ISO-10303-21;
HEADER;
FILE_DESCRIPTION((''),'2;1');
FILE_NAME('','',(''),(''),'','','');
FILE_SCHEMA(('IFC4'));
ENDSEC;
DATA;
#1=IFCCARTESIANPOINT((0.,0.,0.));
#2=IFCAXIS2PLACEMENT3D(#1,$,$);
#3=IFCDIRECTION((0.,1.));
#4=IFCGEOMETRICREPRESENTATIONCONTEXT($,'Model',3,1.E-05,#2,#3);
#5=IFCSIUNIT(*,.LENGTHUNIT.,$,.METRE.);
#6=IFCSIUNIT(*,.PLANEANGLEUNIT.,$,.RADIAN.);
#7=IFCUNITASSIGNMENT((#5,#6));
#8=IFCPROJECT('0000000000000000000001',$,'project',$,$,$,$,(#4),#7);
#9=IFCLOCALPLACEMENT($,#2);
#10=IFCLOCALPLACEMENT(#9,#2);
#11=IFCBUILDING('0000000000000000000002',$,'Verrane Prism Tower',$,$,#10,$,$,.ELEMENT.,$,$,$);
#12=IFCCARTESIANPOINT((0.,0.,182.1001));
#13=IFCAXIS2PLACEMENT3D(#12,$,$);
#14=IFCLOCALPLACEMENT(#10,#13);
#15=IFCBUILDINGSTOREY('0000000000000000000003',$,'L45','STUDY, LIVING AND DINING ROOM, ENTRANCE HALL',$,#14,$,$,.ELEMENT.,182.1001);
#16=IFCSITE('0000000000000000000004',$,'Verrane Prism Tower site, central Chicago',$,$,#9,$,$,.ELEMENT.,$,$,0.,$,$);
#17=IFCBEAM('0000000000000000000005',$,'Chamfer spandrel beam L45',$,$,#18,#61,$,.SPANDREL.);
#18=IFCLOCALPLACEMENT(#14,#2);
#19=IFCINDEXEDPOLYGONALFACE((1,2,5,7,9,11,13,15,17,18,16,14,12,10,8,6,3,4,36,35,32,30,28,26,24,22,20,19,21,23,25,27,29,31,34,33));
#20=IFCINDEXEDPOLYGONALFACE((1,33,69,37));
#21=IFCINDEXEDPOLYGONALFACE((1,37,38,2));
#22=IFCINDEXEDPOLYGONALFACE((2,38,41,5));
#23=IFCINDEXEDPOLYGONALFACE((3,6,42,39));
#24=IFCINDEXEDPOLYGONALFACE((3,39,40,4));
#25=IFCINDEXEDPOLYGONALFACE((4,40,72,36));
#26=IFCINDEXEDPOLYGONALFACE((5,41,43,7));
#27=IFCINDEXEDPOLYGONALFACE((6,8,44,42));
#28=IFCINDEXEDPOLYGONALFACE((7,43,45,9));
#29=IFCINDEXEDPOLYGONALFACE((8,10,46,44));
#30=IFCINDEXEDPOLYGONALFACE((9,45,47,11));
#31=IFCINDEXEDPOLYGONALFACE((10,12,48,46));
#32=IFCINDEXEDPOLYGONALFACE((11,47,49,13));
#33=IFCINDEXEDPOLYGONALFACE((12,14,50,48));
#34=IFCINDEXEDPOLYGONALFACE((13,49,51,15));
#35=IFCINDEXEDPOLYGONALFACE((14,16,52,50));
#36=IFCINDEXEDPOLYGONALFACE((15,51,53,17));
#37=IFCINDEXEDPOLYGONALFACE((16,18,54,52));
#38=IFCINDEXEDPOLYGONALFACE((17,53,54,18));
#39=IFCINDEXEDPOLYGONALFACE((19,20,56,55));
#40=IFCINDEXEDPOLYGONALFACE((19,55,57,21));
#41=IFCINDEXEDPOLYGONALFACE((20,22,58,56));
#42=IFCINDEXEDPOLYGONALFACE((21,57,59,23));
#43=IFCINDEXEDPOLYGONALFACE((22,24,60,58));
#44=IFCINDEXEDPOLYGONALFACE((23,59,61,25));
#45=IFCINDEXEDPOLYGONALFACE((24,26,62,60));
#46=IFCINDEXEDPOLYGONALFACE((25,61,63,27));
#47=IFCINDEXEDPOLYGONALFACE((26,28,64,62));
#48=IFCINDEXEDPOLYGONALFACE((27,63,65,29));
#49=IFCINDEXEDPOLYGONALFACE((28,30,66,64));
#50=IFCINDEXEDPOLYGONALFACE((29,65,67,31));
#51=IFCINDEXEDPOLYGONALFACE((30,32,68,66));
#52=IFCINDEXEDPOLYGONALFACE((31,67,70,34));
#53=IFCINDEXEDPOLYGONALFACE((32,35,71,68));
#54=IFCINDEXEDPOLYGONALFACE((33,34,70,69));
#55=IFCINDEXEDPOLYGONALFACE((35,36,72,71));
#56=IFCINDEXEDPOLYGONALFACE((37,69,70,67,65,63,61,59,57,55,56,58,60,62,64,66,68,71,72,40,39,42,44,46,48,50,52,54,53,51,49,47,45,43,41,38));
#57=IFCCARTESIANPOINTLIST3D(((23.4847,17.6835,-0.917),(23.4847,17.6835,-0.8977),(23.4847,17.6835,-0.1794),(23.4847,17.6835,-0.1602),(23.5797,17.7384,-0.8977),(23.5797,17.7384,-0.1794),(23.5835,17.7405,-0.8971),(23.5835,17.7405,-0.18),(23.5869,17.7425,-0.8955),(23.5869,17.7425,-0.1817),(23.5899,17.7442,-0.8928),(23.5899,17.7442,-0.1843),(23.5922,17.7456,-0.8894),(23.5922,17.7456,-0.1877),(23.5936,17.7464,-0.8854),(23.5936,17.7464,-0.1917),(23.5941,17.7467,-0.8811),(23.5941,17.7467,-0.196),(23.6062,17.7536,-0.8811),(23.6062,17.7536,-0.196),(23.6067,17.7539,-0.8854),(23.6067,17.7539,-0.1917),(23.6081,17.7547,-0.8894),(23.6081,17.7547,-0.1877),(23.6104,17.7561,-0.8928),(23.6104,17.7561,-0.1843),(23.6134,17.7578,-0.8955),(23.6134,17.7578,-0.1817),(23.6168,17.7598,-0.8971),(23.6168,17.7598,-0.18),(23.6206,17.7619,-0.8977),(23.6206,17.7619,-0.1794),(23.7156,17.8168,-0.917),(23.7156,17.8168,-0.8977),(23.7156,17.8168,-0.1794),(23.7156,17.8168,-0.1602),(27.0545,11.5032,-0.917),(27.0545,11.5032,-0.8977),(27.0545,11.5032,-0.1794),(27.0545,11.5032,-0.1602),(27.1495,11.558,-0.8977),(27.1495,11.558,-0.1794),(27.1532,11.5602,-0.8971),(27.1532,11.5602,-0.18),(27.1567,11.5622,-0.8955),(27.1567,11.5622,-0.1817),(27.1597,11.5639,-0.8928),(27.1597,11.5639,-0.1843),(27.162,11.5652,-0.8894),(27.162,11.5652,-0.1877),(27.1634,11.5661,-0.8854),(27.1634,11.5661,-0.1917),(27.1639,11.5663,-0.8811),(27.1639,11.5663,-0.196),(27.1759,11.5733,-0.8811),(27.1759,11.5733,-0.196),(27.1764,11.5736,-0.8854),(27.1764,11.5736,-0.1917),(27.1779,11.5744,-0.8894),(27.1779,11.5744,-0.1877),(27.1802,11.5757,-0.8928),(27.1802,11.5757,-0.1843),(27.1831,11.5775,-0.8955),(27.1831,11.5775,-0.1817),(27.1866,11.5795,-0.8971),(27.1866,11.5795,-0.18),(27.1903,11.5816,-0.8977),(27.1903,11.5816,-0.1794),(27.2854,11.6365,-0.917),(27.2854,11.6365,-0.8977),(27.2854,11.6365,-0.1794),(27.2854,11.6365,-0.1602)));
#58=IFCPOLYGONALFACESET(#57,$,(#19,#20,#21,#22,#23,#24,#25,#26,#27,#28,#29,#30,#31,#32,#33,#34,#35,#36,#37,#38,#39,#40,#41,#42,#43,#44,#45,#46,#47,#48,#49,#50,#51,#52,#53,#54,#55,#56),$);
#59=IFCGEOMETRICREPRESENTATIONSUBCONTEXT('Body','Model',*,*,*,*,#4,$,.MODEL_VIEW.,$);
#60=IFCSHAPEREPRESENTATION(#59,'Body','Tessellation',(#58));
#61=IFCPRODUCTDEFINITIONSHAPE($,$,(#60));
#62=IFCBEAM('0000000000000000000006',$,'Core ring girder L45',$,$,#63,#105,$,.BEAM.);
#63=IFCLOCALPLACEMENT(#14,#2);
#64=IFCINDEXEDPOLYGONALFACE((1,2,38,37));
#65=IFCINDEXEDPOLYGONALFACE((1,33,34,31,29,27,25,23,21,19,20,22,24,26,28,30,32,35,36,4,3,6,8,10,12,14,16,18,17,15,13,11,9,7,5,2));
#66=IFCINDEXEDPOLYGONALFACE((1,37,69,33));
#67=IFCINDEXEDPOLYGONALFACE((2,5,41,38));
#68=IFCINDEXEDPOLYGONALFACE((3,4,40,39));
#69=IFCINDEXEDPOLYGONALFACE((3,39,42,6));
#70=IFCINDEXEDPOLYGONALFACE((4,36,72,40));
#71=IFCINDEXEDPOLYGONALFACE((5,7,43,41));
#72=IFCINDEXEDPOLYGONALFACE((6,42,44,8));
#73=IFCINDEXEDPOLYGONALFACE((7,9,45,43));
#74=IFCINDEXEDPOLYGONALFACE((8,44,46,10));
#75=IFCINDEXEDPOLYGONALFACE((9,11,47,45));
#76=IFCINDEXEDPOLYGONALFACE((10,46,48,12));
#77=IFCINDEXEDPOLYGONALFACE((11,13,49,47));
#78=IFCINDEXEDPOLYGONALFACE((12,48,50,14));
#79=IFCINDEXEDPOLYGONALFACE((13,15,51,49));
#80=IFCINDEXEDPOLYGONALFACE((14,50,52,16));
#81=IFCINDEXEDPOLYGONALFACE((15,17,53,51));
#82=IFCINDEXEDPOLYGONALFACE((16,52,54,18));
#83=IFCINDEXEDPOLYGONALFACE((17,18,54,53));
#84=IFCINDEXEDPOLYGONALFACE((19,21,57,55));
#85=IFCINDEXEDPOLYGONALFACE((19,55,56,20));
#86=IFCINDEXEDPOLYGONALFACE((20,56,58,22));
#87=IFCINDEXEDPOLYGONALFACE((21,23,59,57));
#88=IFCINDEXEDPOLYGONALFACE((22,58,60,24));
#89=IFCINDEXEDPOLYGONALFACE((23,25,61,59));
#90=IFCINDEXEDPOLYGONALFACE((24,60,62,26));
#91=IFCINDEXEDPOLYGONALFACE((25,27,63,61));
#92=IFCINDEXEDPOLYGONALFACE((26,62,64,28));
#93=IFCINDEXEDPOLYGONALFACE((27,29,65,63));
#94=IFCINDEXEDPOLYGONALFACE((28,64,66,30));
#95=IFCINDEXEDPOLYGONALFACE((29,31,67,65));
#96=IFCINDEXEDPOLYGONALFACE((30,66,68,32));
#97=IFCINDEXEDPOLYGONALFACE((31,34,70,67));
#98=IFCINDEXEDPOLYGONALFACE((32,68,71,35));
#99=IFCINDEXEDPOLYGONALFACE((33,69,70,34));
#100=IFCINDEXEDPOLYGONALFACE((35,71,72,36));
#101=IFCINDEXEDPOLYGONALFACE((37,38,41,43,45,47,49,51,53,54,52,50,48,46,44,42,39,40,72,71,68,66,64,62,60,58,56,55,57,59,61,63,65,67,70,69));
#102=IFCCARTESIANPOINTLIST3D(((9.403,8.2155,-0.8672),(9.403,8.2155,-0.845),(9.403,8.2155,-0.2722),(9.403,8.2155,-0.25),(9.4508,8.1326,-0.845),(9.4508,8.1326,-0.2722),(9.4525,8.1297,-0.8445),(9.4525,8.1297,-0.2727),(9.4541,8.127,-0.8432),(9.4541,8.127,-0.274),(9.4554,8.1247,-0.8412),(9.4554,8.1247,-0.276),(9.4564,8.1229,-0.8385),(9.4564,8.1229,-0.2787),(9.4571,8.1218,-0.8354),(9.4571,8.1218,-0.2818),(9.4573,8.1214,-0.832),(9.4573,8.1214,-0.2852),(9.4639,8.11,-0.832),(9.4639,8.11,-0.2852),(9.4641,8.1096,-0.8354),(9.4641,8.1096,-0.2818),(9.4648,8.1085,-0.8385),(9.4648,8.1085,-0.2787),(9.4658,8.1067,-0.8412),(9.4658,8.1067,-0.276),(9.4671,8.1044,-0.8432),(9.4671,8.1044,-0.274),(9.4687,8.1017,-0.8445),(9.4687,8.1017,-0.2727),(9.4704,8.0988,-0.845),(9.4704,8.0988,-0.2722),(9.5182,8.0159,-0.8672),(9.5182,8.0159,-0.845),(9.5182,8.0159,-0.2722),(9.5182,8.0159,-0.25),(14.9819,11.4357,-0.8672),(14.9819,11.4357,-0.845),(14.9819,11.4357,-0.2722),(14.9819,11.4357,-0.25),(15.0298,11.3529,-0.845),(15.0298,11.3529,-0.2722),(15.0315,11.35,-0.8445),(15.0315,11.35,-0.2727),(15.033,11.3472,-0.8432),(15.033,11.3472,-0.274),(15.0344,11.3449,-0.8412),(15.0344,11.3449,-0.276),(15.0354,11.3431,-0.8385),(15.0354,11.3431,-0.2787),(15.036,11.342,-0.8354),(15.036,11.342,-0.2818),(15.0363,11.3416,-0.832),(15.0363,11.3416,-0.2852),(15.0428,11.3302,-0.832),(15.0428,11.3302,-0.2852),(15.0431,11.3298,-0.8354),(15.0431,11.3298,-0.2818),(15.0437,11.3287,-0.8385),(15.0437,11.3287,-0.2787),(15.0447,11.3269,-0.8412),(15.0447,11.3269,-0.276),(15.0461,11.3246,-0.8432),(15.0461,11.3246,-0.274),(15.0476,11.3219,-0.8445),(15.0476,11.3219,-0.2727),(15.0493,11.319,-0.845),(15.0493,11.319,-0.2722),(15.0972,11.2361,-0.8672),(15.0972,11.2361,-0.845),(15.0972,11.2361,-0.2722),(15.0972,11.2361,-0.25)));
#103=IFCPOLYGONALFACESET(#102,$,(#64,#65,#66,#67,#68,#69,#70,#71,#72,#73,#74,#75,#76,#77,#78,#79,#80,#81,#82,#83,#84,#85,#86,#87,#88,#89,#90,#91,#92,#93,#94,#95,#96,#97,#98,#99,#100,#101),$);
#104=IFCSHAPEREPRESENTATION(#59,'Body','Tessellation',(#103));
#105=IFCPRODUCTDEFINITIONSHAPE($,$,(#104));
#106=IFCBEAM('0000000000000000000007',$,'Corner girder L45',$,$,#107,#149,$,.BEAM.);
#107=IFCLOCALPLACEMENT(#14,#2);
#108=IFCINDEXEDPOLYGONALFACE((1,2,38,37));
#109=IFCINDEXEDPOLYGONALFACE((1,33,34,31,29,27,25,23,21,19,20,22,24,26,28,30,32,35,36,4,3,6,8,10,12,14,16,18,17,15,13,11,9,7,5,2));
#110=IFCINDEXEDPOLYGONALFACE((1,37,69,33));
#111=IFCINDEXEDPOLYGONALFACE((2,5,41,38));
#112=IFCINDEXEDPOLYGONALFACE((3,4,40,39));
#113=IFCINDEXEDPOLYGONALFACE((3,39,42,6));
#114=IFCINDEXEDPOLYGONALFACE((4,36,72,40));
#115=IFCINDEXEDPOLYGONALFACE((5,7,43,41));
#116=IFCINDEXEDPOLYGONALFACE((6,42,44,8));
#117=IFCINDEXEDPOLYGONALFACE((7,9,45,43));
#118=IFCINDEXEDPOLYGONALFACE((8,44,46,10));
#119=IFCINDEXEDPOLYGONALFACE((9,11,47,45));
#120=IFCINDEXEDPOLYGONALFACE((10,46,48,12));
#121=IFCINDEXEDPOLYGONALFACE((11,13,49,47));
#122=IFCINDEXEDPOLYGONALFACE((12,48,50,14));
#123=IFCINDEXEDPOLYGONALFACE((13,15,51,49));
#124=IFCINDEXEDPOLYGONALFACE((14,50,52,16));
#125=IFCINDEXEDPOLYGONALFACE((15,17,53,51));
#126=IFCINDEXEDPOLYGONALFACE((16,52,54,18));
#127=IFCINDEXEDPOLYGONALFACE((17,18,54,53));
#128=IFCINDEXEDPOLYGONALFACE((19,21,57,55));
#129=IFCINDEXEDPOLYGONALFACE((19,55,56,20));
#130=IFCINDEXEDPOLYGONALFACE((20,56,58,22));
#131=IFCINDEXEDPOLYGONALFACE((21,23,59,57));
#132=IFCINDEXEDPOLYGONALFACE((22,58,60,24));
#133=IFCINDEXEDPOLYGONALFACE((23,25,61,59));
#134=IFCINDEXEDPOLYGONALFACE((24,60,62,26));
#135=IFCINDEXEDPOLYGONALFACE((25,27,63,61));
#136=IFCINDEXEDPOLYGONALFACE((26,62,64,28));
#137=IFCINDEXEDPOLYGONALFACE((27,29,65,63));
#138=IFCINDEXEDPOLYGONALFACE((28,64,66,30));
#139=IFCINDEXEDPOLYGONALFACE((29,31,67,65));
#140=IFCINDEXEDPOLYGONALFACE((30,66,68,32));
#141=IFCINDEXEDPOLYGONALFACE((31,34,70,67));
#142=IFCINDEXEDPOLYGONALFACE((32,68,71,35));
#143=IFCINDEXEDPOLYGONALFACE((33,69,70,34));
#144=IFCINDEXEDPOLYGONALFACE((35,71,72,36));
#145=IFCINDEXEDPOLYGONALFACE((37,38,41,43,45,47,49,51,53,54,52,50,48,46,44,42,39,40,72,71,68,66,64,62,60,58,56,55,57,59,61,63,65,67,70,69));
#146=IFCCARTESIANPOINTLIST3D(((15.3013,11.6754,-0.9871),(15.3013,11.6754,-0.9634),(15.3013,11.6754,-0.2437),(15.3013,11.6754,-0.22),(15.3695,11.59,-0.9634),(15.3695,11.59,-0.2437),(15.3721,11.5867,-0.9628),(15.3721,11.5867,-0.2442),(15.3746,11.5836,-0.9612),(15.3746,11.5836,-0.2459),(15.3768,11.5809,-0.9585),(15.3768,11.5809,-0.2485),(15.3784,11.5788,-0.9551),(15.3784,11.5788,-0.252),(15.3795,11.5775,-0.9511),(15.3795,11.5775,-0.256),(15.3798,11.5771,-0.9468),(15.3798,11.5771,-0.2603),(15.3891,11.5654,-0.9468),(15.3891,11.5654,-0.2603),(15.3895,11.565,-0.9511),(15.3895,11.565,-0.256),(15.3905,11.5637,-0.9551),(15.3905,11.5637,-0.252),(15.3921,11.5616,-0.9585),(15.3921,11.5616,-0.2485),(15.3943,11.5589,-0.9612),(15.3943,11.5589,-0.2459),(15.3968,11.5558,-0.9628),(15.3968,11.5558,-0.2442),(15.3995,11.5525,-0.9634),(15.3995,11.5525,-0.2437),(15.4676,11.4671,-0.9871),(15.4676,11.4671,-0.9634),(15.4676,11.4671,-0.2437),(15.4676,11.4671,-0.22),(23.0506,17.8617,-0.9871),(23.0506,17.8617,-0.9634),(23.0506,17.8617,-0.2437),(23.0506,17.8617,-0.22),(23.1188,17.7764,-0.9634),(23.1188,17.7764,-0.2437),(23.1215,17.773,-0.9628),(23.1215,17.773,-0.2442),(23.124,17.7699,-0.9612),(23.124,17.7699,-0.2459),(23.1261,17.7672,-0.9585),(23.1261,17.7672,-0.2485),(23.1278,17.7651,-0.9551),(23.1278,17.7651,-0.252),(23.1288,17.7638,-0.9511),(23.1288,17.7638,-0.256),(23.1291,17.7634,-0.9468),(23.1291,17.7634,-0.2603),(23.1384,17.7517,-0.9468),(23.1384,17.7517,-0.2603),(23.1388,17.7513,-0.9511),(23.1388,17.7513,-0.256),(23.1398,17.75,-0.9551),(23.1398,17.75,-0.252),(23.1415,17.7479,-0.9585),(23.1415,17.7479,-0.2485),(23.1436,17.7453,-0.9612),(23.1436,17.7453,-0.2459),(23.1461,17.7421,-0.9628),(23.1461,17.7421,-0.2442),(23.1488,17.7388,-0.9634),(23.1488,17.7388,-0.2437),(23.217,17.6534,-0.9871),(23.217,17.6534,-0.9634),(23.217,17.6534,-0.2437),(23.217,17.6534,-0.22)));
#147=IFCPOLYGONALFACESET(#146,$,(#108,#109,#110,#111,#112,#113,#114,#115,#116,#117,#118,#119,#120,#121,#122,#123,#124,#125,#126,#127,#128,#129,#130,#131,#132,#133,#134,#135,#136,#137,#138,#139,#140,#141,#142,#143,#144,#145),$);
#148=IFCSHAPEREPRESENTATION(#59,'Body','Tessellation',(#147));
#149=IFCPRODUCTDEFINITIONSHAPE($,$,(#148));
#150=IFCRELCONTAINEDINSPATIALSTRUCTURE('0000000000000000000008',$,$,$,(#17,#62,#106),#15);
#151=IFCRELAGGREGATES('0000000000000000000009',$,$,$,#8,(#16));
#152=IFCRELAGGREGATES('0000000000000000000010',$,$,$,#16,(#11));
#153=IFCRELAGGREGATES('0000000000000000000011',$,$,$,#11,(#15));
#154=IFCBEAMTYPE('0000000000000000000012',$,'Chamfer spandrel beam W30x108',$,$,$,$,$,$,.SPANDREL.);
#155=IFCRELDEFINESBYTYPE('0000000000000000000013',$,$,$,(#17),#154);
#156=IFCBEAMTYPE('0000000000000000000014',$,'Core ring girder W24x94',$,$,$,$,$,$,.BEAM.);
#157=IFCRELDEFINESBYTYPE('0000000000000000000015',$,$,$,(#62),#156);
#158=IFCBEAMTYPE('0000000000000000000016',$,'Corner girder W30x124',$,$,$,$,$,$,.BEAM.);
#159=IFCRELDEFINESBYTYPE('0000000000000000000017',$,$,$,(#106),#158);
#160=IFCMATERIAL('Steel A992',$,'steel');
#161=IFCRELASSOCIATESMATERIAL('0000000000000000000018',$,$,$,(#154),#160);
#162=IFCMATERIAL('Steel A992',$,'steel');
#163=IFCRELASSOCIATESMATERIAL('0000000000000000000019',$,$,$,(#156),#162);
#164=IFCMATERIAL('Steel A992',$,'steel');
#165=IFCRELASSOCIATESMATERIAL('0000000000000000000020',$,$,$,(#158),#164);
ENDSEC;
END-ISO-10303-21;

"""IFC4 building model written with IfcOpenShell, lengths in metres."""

from ifc_helpers import new_model, si_unit, direction, frame, origin, origin_2d, place, context, subcontext, project, spatial, i_section, extrude, material, material_profile, profile_set, type_object, element, save


model = new_model("IFC4")

# Units and contexts
model_context = context("Model", 3, precision=1e-05, world=origin(), true_north=direction((0.0, 1.0)))
body_context = subcontext(model_context, "Body", "Model", "MODEL_VIEW")
ifc_project = project(units=[si_unit("LENGTHUNIT", "METRE"), si_unit("PLANEANGLEUNIT", "RADIAN")], contexts=[model_context])

# Site, building, storey
site_placement = place(None, origin())
site = spatial("IfcSite", under=ifc_project, at=site_placement, Name="Verrane Prism Tower site, central Chicago", CompositionType="ELEMENT", RefElevation=0.0)
building_placement = place(site_placement, origin())
building = spatial("IfcBuilding", under=site, at=building_placement, Name="Verrane Prism Tower", CompositionType="ELEMENT")
storey_placement = place(building_placement, frame((0.0, 0.0, 182.1001)))
storey = spatial("IfcBuildingStorey", under=building, at=storey_placement, Name="L45", Description="STUDY, LIVING AND DINING ROOM, ENTRANCE HALL", CompositionType="ELEMENT", Elevation=182.1001)

# Beams
ifc_material_1 = material(Name="Steel A992", Category="steel")
ifc_material_profile_1 = material_profile(ifc_material_1, i_section(OverallWidth=0.2666, OverallDepth=0.7568, WebThickness=0.0139, FlangeThickness=0.0193, FilletRadius=0.0166, at=origin_2d()), Name="W30x108")
ifc_profile_set_1 = profile_set([ifc_material_profile_1], Name="Steel A992")
beam_type_1 = type_object("IfcBeamType", Name="Chamfer spandrel beam W30x108", PredefinedType="SPANDREL", material=ifc_profile_set_1)
beam_1_placement = place(storey_placement, frame((27.1699, 11.5698, -0.5386), z_axis=(-0.500164, 0.865931, 0.0), x_axis=(-0.865931, -0.500164, 0.0)))
element("IfcBeam", 1, at=beam_1_placement, inside=storey, type_object=beam_type_1, Name="Chamfer spandrel beam L45", PredefinedType="SPANDREL", context=body_context, shape_type="SweptSolid", body=[
    extrude(i_section(OverallWidth=0.2666, OverallDepth=0.7568, WebThickness=0.0139, FlangeThickness=0.0193, FilletRadius=0.0166, at=origin_2d()), origin(), (0.0, 0.0, 1.0), 7.1372),
])
ifc_material_2 = material(Name="Steel A992", Category="steel")
ifc_material_profile_2 = material_profile(ifc_material_2, i_section(OverallWidth=0.2305, OverallDepth=0.6172, WebThickness=0.0132, FlangeThickness=0.0222, FilletRadius=0.0129, at=origin_2d()), Name="W24x94")
ifc_profile_set_2 = profile_set([ifc_material_profile_2], Name="Steel A992")
beam_type_2 = type_object("IfcBeamType", Name="Core ring girder W24x94", PredefinedType="BEAM", material=ifc_profile_set_2)
beam_2_placement = place(storey_placement, frame((15.0396, 11.3359, -0.5586), z_axis=(-0.866075, -0.499914, 0.0), x_axis=(0.499914, -0.866075, 0.0)))
element("IfcBeam", 2, at=beam_2_placement, inside=storey, type_object=beam_type_2, Name="Core ring girder L45", PredefinedType="BEAM", context=body_context, shape_type="SweptSolid", body=[
    extrude(i_section(OverallWidth=0.2305, OverallDepth=0.6172, WebThickness=0.0132, FlangeThickness=0.0222, FilletRadius=0.0129, at=origin_2d()), origin(), (0.0, 0.0, 1.0), 6.4417),
])
ifc_material_3 = material(Name="Steel A992", Category="steel")
ifc_material_profile_3 = material_profile(ifc_material_3, i_section(OverallWidth=0.2666, OverallDepth=0.7671, WebThickness=0.0149, FlangeThickness=0.0237, FilletRadius=0.0166, at=origin_2d()), Name="W30x124")
ifc_profile_set_3 = profile_set([ifc_material_profile_3], Name="Steel A992")
beam_type_3 = type_object("IfcBeamType", Name="Corner girder W30x124", PredefinedType="BEAM", material=ifc_profile_set_3)
beam_3_placement = place(storey_placement, frame((23.1338, 17.7576, -0.6035), z_axis=(-0.781515, -0.623887, 0.0), x_axis=(0.623887, -0.781515, 0.0)))
element("IfcBeam", 3, at=beam_3_placement, inside=storey, type_object=beam_type_3, Name="Corner girder L45", PredefinedType="BEAM", context=body_context, shape_type="SweptSolid", body=[
    extrude(i_section(OverallWidth=0.2666, OverallDepth=0.7671, WebThickness=0.0149, FlangeThickness=0.0237, FilletRadius=0.0166, at=origin_2d()), origin(), (0.0, 0.0, 1.0), 9.9158),
])

save(model, "model.ifc")
